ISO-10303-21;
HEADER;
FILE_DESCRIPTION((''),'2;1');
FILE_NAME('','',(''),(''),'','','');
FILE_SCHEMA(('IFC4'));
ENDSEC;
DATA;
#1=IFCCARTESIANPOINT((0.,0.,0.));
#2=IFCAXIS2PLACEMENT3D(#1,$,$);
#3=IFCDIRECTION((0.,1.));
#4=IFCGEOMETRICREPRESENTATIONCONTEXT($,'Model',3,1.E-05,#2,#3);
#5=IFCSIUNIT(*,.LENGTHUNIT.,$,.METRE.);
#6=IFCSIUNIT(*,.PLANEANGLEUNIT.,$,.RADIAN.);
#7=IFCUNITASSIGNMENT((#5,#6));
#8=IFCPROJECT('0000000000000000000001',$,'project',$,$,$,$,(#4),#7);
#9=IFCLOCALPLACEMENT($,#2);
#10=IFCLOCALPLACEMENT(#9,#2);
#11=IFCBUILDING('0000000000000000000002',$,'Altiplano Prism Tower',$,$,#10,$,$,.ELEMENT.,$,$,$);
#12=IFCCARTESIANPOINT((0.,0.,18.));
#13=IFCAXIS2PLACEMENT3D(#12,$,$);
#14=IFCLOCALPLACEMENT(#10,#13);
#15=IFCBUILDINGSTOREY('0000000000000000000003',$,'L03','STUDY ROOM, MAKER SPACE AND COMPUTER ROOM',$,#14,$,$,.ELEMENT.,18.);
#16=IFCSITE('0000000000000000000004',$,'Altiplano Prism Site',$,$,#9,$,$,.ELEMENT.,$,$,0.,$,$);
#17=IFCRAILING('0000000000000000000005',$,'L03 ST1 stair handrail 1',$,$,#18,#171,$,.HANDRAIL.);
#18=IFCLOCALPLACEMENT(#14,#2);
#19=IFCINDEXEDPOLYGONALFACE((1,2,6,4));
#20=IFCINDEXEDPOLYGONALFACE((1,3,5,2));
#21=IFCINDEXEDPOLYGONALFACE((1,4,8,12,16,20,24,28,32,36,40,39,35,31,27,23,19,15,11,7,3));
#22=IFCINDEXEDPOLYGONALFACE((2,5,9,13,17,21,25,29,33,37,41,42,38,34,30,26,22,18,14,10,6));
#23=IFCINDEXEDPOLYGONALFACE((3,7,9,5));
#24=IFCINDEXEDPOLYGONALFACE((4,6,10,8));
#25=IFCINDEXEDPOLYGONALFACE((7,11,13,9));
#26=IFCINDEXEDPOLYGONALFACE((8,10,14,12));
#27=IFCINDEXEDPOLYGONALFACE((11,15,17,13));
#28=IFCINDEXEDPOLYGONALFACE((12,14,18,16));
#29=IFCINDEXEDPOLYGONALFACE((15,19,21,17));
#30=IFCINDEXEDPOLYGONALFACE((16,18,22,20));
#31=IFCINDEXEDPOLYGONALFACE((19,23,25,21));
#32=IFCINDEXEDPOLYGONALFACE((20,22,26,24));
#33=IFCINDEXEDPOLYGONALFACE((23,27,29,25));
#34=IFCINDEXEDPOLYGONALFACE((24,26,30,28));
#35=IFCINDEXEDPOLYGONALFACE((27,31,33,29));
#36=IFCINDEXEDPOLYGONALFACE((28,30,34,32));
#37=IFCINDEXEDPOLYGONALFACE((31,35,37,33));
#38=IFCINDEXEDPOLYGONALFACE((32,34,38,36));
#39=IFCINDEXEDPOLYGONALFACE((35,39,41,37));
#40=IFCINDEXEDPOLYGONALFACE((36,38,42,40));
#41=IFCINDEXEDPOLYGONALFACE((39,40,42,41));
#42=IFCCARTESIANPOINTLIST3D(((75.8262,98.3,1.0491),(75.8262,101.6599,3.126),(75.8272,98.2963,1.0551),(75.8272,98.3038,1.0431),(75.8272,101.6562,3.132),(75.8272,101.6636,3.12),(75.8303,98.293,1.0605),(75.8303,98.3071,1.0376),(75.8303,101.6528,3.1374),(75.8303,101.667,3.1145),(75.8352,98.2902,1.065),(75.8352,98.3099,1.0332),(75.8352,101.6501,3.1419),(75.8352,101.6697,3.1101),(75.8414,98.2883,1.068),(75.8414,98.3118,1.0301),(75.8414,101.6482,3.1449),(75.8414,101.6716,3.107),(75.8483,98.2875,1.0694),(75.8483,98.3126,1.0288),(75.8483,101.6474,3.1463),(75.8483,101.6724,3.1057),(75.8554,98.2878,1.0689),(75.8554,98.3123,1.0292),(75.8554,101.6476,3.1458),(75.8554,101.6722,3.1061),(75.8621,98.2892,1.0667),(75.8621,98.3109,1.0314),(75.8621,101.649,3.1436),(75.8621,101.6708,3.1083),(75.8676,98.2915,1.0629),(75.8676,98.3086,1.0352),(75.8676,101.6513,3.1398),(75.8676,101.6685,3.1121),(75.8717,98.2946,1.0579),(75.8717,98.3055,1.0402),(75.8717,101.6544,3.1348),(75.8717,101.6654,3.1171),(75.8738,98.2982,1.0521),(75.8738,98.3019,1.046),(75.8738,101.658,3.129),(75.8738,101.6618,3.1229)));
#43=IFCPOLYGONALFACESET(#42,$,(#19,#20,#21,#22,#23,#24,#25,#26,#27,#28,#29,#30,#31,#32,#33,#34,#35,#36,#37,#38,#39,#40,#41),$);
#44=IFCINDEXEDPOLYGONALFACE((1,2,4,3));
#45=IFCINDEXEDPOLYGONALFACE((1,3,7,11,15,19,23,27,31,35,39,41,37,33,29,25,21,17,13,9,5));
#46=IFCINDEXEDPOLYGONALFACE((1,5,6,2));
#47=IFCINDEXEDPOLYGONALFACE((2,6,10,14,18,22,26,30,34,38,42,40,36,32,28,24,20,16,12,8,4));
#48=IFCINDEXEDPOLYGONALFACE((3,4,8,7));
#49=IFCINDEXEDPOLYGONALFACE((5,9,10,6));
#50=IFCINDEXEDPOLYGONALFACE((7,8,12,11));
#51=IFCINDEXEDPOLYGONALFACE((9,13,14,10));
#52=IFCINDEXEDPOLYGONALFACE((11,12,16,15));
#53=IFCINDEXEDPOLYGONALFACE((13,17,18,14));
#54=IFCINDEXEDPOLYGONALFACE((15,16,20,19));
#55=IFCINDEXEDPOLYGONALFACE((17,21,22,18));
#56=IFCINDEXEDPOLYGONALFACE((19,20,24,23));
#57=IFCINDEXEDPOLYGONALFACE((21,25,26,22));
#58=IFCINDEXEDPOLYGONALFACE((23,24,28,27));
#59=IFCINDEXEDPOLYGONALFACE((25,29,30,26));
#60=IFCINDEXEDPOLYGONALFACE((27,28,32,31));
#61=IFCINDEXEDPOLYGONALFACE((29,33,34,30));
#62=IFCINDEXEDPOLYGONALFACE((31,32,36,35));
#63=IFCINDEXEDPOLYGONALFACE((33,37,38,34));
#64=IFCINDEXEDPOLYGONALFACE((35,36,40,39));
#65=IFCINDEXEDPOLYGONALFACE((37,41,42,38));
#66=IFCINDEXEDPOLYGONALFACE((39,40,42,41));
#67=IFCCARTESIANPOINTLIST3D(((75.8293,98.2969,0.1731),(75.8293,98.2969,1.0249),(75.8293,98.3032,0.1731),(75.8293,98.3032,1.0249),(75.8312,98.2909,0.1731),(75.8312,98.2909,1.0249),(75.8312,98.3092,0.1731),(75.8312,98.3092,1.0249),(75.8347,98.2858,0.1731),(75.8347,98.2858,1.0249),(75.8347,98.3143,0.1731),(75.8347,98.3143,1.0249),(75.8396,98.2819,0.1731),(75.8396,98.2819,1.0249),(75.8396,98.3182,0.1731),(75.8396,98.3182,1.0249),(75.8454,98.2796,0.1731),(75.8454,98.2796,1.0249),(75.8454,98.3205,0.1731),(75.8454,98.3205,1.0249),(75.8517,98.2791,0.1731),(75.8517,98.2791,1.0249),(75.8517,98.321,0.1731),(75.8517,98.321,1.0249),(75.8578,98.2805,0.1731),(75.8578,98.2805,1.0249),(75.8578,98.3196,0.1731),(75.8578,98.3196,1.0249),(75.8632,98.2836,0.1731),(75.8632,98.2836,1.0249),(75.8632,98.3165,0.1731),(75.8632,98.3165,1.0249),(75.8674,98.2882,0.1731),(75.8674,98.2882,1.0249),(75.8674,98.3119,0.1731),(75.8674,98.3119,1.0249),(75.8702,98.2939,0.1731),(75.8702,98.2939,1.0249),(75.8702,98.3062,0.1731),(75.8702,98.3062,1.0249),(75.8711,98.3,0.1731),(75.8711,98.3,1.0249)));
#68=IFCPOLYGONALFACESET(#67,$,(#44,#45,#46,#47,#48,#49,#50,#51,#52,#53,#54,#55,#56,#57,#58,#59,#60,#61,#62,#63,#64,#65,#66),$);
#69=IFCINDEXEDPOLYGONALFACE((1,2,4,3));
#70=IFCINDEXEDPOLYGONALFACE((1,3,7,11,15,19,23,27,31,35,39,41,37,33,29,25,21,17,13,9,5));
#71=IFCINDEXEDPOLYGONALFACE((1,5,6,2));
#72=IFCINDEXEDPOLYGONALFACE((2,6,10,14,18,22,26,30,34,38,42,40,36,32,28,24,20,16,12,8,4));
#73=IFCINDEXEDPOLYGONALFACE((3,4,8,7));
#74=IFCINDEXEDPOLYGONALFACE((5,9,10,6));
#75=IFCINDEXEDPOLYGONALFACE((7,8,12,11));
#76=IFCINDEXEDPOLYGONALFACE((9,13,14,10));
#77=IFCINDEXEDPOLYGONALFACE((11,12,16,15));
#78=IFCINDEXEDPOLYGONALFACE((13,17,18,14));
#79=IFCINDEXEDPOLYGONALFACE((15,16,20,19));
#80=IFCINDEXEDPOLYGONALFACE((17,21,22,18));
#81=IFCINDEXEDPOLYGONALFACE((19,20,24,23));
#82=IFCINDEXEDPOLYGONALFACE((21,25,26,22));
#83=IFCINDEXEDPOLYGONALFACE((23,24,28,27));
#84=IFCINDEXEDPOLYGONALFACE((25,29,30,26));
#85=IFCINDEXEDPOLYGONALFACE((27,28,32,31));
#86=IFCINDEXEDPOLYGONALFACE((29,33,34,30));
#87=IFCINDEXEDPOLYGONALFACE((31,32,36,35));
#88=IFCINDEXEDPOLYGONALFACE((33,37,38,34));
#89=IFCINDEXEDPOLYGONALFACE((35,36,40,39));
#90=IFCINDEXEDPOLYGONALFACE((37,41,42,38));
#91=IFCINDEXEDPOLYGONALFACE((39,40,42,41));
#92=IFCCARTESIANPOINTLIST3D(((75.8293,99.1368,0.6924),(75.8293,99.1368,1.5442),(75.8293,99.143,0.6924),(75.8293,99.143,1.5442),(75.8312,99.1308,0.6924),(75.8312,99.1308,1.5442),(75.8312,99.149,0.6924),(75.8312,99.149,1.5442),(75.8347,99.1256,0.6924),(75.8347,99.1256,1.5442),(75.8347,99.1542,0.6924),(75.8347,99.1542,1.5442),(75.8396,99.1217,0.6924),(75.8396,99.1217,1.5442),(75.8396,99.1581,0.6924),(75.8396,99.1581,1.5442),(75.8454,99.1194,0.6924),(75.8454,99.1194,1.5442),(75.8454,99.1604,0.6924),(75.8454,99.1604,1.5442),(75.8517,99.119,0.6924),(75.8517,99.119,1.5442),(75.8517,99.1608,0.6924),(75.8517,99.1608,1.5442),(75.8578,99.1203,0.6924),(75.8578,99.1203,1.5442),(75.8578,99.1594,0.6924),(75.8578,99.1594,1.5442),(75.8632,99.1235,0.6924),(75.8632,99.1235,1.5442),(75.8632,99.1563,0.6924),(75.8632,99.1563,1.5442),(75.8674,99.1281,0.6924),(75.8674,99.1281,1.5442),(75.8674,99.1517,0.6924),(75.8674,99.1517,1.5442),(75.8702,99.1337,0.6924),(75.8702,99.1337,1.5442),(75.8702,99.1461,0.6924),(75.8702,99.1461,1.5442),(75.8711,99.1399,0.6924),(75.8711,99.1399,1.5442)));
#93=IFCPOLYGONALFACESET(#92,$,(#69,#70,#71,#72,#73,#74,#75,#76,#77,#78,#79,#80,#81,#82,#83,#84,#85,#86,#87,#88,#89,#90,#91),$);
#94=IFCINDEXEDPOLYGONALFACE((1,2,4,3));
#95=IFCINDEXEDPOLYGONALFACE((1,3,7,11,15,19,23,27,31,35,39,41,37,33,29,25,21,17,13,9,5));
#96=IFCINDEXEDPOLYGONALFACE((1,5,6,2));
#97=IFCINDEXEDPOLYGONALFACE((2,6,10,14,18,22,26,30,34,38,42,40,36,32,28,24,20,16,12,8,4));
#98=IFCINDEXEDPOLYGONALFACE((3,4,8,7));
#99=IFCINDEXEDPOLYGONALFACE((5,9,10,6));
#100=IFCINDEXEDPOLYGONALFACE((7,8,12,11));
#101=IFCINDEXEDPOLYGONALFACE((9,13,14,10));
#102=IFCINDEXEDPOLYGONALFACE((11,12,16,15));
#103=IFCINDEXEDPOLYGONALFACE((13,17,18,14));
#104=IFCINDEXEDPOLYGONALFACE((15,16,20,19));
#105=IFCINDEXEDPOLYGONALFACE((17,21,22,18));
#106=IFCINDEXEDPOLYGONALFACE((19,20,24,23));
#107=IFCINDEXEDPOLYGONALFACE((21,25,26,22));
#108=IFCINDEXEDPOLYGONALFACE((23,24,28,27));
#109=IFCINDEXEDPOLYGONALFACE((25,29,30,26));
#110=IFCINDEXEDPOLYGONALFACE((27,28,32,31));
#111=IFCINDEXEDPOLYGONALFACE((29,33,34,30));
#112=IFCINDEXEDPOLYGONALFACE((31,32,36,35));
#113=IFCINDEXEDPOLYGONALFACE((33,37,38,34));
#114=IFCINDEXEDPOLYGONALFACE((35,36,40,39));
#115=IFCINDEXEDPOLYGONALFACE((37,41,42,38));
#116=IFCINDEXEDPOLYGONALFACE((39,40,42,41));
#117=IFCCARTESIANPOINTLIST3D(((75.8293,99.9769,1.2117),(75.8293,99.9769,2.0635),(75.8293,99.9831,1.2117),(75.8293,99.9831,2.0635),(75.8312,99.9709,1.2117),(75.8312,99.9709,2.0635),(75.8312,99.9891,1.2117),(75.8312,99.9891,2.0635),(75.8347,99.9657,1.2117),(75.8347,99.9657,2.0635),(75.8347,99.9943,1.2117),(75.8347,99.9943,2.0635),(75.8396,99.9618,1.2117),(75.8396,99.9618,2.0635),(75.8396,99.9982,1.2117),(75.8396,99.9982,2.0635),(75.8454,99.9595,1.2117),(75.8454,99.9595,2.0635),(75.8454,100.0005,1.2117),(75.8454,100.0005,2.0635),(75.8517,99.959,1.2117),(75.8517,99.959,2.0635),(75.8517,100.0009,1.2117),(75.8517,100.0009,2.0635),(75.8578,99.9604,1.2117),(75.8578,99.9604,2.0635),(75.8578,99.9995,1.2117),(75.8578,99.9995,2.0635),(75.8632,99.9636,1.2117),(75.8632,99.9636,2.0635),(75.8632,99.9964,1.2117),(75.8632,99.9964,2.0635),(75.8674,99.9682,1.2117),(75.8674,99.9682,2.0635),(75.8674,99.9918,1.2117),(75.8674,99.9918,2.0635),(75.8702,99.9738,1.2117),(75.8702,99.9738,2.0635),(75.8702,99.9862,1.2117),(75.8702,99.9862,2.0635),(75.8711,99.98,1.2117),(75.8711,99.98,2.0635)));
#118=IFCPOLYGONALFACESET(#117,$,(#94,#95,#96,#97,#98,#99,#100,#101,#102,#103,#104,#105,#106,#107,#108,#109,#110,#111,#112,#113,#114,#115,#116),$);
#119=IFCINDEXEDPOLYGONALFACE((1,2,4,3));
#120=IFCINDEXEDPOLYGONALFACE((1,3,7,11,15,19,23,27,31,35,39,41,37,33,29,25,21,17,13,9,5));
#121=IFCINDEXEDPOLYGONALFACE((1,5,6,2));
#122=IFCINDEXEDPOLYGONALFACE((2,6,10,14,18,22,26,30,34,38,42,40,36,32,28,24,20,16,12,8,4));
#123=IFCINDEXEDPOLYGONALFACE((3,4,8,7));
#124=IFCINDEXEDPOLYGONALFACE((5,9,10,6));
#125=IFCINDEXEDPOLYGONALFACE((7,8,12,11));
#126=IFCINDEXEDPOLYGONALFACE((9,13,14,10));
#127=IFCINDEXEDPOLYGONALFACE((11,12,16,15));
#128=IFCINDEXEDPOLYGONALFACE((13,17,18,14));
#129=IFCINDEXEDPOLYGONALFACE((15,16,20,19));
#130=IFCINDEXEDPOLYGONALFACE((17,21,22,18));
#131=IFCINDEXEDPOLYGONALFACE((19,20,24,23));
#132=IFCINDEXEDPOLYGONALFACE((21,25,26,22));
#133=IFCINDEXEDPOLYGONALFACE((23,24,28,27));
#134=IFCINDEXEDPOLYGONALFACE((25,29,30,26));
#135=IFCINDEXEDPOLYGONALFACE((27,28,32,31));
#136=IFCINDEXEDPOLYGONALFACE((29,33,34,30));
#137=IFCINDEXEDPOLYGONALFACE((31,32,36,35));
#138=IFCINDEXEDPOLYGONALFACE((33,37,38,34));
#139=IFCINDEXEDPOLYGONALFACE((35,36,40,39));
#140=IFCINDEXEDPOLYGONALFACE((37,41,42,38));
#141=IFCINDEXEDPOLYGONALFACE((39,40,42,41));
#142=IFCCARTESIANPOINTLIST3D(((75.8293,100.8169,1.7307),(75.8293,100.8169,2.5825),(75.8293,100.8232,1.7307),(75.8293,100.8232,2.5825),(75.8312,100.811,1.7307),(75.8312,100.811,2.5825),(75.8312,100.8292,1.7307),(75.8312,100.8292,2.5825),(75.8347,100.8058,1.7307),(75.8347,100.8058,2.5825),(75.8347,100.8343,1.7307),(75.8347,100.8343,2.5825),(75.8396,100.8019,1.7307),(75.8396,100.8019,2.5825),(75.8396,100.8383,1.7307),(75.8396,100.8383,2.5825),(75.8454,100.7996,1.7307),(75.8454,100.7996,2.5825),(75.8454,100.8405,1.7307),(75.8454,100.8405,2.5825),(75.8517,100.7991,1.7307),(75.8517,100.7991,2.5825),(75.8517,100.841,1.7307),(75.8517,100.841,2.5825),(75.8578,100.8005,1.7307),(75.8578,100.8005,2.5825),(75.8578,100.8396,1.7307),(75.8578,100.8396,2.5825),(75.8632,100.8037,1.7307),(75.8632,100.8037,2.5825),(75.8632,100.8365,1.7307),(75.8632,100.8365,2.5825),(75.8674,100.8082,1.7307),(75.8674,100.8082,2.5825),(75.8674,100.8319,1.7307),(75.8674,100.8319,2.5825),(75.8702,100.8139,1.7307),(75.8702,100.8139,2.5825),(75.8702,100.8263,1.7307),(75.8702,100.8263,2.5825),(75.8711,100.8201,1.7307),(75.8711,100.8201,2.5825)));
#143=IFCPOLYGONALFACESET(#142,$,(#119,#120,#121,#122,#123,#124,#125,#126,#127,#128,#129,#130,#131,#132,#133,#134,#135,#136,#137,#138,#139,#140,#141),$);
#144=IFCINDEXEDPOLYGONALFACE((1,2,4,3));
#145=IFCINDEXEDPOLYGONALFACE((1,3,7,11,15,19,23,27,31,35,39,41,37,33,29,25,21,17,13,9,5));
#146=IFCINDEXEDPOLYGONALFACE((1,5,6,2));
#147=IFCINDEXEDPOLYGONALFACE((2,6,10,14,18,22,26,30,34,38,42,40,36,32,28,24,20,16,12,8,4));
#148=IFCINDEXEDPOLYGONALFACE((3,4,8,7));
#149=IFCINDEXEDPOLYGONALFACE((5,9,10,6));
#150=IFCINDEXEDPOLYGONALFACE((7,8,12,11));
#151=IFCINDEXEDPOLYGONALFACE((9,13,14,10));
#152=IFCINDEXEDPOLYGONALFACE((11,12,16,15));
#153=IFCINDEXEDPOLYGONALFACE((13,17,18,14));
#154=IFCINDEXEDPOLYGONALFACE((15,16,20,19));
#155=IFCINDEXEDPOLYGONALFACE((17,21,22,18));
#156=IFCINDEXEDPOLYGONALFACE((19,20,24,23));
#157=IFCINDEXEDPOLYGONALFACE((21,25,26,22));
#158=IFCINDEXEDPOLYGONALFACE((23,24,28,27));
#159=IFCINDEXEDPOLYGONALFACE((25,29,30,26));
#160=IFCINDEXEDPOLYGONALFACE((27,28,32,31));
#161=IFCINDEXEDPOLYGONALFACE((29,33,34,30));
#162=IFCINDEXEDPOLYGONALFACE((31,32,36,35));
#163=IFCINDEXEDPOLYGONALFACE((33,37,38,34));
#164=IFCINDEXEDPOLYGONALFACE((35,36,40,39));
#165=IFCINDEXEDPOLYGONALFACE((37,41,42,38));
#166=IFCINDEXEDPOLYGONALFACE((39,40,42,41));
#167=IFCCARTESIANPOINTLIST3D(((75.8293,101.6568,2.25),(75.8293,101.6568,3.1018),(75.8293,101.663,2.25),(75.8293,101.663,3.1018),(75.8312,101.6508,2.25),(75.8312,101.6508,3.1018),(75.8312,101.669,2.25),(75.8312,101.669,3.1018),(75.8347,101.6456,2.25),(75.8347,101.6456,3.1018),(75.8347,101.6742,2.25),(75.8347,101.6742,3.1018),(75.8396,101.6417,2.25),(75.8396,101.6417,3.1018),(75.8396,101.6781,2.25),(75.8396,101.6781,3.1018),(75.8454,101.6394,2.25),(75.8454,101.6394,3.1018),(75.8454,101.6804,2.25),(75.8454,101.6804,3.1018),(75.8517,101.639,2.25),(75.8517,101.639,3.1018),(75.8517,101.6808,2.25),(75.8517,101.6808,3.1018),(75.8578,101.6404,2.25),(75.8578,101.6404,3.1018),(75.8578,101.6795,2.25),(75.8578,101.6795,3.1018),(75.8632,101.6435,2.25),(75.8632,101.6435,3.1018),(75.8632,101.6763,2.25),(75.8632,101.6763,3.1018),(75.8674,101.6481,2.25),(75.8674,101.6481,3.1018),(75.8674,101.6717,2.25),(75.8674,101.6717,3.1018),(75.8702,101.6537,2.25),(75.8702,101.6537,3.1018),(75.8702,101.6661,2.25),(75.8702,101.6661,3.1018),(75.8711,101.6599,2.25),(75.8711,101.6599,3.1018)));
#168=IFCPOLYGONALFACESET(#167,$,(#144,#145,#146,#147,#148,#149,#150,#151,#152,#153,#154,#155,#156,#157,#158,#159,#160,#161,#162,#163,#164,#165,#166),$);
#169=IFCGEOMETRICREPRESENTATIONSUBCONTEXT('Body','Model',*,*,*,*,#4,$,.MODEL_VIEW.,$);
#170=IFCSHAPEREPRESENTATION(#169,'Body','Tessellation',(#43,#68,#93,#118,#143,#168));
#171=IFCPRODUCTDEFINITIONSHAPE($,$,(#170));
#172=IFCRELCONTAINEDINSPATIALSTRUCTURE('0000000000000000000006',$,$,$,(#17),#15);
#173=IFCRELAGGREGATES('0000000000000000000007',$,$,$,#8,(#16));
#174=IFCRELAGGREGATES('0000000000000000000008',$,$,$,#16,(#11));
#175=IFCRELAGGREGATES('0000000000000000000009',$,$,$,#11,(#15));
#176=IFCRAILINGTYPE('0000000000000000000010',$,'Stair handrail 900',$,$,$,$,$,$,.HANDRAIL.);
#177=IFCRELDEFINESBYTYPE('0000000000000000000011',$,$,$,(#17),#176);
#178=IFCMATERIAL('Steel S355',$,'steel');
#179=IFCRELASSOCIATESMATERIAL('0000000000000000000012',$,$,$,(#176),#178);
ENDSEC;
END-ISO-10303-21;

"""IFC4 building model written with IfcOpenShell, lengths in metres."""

from ifc_helpers import new_model, si_unit, direction, frame, origin, origin_2d, place, context, subcontext, project, spatial, circle, extrude, material, type_object, element, save


model = new_model("IFC4")

# Units and contexts
model_context = context("Model", 3, precision=1e-05, world=origin(), true_north=direction((0.0, 1.0)))
body_context = subcontext(model_context, "Body", "Model", "MODEL_VIEW")
ifc_project = project(units=[si_unit("LENGTHUNIT", "METRE"), si_unit("PLANEANGLEUNIT", "RADIAN")], contexts=[model_context])

# Site, building, storey
site_placement = place(None, origin())
site = spatial("IfcSite", under=ifc_project, at=site_placement, Name="Altiplano Prism Site", CompositionType="ELEMENT", RefElevation=0.0)
building_placement = place(site_placement, origin())
building = spatial("IfcBuilding", under=site, at=building_placement, Name="Altiplano Prism Tower", CompositionType="ELEMENT")
storey_placement = place(building_placement, frame((0.0, 0.0, 18.0)))
storey = spatial("IfcBuildingStorey", under=building, at=storey_placement, Name="L03", Description="STUDY ROOM, MAKER SPACE AND COMPUTER ROOM", CompositionType="ELEMENT", Elevation=18.0)

# Railing
ifc_material_1 = material(Name="Steel S355", Category="steel")
railing_type = type_object("IfcRailingType", Name="Stair handrail 900", PredefinedType="HANDRAIL", material=ifc_material_1)
railing_1_placement = place(storey_placement, frame((75.8501, 98.3, 0.1731)))
element("IfcRailing", 1, at=railing_1_placement, inside=storey, type_object=railing_type, Name="L03 ST1 stair handrail 1", PredefinedType="HANDRAIL", context=body_context, shape_type="SweptSolid", body=[
    extrude(circle(Radius=0.0239, at=origin_2d()), frame((0.0, 0.0, 0.876), z_axis=(0.0, 0.850606, 0.525803), x_axis=(-1.0, 0.0, 0.0)), (0.0, 0.0, 1.0), 3.95),
    extrude(circle(Radius=0.021, at=origin_2d()), origin(), (0.0, 0.0, 1.0), 0.8518),
    extrude(circle(Radius=0.021, at=origin_2d()), frame((0.0, 0.8398, 0.5193)), (0.0, 0.0, 1.0), 0.8518),
    extrude(circle(Radius=0.021, at=origin_2d()), frame((0.0, 1.6799, 1.0386)), (0.0, 0.0, 1.0), 0.8518),
    extrude(circle(Radius=0.021, at=origin_2d()), frame((0.0, 2.52, 1.5576)), (0.0, 0.0, 1.0), 0.8518),
    extrude(circle(Radius=0.021, at=origin_2d()), frame((0.0, 3.3599, 2.0769)), (0.0, 0.0, 1.0), 0.8518),
])

save(model, "model.ifc")
